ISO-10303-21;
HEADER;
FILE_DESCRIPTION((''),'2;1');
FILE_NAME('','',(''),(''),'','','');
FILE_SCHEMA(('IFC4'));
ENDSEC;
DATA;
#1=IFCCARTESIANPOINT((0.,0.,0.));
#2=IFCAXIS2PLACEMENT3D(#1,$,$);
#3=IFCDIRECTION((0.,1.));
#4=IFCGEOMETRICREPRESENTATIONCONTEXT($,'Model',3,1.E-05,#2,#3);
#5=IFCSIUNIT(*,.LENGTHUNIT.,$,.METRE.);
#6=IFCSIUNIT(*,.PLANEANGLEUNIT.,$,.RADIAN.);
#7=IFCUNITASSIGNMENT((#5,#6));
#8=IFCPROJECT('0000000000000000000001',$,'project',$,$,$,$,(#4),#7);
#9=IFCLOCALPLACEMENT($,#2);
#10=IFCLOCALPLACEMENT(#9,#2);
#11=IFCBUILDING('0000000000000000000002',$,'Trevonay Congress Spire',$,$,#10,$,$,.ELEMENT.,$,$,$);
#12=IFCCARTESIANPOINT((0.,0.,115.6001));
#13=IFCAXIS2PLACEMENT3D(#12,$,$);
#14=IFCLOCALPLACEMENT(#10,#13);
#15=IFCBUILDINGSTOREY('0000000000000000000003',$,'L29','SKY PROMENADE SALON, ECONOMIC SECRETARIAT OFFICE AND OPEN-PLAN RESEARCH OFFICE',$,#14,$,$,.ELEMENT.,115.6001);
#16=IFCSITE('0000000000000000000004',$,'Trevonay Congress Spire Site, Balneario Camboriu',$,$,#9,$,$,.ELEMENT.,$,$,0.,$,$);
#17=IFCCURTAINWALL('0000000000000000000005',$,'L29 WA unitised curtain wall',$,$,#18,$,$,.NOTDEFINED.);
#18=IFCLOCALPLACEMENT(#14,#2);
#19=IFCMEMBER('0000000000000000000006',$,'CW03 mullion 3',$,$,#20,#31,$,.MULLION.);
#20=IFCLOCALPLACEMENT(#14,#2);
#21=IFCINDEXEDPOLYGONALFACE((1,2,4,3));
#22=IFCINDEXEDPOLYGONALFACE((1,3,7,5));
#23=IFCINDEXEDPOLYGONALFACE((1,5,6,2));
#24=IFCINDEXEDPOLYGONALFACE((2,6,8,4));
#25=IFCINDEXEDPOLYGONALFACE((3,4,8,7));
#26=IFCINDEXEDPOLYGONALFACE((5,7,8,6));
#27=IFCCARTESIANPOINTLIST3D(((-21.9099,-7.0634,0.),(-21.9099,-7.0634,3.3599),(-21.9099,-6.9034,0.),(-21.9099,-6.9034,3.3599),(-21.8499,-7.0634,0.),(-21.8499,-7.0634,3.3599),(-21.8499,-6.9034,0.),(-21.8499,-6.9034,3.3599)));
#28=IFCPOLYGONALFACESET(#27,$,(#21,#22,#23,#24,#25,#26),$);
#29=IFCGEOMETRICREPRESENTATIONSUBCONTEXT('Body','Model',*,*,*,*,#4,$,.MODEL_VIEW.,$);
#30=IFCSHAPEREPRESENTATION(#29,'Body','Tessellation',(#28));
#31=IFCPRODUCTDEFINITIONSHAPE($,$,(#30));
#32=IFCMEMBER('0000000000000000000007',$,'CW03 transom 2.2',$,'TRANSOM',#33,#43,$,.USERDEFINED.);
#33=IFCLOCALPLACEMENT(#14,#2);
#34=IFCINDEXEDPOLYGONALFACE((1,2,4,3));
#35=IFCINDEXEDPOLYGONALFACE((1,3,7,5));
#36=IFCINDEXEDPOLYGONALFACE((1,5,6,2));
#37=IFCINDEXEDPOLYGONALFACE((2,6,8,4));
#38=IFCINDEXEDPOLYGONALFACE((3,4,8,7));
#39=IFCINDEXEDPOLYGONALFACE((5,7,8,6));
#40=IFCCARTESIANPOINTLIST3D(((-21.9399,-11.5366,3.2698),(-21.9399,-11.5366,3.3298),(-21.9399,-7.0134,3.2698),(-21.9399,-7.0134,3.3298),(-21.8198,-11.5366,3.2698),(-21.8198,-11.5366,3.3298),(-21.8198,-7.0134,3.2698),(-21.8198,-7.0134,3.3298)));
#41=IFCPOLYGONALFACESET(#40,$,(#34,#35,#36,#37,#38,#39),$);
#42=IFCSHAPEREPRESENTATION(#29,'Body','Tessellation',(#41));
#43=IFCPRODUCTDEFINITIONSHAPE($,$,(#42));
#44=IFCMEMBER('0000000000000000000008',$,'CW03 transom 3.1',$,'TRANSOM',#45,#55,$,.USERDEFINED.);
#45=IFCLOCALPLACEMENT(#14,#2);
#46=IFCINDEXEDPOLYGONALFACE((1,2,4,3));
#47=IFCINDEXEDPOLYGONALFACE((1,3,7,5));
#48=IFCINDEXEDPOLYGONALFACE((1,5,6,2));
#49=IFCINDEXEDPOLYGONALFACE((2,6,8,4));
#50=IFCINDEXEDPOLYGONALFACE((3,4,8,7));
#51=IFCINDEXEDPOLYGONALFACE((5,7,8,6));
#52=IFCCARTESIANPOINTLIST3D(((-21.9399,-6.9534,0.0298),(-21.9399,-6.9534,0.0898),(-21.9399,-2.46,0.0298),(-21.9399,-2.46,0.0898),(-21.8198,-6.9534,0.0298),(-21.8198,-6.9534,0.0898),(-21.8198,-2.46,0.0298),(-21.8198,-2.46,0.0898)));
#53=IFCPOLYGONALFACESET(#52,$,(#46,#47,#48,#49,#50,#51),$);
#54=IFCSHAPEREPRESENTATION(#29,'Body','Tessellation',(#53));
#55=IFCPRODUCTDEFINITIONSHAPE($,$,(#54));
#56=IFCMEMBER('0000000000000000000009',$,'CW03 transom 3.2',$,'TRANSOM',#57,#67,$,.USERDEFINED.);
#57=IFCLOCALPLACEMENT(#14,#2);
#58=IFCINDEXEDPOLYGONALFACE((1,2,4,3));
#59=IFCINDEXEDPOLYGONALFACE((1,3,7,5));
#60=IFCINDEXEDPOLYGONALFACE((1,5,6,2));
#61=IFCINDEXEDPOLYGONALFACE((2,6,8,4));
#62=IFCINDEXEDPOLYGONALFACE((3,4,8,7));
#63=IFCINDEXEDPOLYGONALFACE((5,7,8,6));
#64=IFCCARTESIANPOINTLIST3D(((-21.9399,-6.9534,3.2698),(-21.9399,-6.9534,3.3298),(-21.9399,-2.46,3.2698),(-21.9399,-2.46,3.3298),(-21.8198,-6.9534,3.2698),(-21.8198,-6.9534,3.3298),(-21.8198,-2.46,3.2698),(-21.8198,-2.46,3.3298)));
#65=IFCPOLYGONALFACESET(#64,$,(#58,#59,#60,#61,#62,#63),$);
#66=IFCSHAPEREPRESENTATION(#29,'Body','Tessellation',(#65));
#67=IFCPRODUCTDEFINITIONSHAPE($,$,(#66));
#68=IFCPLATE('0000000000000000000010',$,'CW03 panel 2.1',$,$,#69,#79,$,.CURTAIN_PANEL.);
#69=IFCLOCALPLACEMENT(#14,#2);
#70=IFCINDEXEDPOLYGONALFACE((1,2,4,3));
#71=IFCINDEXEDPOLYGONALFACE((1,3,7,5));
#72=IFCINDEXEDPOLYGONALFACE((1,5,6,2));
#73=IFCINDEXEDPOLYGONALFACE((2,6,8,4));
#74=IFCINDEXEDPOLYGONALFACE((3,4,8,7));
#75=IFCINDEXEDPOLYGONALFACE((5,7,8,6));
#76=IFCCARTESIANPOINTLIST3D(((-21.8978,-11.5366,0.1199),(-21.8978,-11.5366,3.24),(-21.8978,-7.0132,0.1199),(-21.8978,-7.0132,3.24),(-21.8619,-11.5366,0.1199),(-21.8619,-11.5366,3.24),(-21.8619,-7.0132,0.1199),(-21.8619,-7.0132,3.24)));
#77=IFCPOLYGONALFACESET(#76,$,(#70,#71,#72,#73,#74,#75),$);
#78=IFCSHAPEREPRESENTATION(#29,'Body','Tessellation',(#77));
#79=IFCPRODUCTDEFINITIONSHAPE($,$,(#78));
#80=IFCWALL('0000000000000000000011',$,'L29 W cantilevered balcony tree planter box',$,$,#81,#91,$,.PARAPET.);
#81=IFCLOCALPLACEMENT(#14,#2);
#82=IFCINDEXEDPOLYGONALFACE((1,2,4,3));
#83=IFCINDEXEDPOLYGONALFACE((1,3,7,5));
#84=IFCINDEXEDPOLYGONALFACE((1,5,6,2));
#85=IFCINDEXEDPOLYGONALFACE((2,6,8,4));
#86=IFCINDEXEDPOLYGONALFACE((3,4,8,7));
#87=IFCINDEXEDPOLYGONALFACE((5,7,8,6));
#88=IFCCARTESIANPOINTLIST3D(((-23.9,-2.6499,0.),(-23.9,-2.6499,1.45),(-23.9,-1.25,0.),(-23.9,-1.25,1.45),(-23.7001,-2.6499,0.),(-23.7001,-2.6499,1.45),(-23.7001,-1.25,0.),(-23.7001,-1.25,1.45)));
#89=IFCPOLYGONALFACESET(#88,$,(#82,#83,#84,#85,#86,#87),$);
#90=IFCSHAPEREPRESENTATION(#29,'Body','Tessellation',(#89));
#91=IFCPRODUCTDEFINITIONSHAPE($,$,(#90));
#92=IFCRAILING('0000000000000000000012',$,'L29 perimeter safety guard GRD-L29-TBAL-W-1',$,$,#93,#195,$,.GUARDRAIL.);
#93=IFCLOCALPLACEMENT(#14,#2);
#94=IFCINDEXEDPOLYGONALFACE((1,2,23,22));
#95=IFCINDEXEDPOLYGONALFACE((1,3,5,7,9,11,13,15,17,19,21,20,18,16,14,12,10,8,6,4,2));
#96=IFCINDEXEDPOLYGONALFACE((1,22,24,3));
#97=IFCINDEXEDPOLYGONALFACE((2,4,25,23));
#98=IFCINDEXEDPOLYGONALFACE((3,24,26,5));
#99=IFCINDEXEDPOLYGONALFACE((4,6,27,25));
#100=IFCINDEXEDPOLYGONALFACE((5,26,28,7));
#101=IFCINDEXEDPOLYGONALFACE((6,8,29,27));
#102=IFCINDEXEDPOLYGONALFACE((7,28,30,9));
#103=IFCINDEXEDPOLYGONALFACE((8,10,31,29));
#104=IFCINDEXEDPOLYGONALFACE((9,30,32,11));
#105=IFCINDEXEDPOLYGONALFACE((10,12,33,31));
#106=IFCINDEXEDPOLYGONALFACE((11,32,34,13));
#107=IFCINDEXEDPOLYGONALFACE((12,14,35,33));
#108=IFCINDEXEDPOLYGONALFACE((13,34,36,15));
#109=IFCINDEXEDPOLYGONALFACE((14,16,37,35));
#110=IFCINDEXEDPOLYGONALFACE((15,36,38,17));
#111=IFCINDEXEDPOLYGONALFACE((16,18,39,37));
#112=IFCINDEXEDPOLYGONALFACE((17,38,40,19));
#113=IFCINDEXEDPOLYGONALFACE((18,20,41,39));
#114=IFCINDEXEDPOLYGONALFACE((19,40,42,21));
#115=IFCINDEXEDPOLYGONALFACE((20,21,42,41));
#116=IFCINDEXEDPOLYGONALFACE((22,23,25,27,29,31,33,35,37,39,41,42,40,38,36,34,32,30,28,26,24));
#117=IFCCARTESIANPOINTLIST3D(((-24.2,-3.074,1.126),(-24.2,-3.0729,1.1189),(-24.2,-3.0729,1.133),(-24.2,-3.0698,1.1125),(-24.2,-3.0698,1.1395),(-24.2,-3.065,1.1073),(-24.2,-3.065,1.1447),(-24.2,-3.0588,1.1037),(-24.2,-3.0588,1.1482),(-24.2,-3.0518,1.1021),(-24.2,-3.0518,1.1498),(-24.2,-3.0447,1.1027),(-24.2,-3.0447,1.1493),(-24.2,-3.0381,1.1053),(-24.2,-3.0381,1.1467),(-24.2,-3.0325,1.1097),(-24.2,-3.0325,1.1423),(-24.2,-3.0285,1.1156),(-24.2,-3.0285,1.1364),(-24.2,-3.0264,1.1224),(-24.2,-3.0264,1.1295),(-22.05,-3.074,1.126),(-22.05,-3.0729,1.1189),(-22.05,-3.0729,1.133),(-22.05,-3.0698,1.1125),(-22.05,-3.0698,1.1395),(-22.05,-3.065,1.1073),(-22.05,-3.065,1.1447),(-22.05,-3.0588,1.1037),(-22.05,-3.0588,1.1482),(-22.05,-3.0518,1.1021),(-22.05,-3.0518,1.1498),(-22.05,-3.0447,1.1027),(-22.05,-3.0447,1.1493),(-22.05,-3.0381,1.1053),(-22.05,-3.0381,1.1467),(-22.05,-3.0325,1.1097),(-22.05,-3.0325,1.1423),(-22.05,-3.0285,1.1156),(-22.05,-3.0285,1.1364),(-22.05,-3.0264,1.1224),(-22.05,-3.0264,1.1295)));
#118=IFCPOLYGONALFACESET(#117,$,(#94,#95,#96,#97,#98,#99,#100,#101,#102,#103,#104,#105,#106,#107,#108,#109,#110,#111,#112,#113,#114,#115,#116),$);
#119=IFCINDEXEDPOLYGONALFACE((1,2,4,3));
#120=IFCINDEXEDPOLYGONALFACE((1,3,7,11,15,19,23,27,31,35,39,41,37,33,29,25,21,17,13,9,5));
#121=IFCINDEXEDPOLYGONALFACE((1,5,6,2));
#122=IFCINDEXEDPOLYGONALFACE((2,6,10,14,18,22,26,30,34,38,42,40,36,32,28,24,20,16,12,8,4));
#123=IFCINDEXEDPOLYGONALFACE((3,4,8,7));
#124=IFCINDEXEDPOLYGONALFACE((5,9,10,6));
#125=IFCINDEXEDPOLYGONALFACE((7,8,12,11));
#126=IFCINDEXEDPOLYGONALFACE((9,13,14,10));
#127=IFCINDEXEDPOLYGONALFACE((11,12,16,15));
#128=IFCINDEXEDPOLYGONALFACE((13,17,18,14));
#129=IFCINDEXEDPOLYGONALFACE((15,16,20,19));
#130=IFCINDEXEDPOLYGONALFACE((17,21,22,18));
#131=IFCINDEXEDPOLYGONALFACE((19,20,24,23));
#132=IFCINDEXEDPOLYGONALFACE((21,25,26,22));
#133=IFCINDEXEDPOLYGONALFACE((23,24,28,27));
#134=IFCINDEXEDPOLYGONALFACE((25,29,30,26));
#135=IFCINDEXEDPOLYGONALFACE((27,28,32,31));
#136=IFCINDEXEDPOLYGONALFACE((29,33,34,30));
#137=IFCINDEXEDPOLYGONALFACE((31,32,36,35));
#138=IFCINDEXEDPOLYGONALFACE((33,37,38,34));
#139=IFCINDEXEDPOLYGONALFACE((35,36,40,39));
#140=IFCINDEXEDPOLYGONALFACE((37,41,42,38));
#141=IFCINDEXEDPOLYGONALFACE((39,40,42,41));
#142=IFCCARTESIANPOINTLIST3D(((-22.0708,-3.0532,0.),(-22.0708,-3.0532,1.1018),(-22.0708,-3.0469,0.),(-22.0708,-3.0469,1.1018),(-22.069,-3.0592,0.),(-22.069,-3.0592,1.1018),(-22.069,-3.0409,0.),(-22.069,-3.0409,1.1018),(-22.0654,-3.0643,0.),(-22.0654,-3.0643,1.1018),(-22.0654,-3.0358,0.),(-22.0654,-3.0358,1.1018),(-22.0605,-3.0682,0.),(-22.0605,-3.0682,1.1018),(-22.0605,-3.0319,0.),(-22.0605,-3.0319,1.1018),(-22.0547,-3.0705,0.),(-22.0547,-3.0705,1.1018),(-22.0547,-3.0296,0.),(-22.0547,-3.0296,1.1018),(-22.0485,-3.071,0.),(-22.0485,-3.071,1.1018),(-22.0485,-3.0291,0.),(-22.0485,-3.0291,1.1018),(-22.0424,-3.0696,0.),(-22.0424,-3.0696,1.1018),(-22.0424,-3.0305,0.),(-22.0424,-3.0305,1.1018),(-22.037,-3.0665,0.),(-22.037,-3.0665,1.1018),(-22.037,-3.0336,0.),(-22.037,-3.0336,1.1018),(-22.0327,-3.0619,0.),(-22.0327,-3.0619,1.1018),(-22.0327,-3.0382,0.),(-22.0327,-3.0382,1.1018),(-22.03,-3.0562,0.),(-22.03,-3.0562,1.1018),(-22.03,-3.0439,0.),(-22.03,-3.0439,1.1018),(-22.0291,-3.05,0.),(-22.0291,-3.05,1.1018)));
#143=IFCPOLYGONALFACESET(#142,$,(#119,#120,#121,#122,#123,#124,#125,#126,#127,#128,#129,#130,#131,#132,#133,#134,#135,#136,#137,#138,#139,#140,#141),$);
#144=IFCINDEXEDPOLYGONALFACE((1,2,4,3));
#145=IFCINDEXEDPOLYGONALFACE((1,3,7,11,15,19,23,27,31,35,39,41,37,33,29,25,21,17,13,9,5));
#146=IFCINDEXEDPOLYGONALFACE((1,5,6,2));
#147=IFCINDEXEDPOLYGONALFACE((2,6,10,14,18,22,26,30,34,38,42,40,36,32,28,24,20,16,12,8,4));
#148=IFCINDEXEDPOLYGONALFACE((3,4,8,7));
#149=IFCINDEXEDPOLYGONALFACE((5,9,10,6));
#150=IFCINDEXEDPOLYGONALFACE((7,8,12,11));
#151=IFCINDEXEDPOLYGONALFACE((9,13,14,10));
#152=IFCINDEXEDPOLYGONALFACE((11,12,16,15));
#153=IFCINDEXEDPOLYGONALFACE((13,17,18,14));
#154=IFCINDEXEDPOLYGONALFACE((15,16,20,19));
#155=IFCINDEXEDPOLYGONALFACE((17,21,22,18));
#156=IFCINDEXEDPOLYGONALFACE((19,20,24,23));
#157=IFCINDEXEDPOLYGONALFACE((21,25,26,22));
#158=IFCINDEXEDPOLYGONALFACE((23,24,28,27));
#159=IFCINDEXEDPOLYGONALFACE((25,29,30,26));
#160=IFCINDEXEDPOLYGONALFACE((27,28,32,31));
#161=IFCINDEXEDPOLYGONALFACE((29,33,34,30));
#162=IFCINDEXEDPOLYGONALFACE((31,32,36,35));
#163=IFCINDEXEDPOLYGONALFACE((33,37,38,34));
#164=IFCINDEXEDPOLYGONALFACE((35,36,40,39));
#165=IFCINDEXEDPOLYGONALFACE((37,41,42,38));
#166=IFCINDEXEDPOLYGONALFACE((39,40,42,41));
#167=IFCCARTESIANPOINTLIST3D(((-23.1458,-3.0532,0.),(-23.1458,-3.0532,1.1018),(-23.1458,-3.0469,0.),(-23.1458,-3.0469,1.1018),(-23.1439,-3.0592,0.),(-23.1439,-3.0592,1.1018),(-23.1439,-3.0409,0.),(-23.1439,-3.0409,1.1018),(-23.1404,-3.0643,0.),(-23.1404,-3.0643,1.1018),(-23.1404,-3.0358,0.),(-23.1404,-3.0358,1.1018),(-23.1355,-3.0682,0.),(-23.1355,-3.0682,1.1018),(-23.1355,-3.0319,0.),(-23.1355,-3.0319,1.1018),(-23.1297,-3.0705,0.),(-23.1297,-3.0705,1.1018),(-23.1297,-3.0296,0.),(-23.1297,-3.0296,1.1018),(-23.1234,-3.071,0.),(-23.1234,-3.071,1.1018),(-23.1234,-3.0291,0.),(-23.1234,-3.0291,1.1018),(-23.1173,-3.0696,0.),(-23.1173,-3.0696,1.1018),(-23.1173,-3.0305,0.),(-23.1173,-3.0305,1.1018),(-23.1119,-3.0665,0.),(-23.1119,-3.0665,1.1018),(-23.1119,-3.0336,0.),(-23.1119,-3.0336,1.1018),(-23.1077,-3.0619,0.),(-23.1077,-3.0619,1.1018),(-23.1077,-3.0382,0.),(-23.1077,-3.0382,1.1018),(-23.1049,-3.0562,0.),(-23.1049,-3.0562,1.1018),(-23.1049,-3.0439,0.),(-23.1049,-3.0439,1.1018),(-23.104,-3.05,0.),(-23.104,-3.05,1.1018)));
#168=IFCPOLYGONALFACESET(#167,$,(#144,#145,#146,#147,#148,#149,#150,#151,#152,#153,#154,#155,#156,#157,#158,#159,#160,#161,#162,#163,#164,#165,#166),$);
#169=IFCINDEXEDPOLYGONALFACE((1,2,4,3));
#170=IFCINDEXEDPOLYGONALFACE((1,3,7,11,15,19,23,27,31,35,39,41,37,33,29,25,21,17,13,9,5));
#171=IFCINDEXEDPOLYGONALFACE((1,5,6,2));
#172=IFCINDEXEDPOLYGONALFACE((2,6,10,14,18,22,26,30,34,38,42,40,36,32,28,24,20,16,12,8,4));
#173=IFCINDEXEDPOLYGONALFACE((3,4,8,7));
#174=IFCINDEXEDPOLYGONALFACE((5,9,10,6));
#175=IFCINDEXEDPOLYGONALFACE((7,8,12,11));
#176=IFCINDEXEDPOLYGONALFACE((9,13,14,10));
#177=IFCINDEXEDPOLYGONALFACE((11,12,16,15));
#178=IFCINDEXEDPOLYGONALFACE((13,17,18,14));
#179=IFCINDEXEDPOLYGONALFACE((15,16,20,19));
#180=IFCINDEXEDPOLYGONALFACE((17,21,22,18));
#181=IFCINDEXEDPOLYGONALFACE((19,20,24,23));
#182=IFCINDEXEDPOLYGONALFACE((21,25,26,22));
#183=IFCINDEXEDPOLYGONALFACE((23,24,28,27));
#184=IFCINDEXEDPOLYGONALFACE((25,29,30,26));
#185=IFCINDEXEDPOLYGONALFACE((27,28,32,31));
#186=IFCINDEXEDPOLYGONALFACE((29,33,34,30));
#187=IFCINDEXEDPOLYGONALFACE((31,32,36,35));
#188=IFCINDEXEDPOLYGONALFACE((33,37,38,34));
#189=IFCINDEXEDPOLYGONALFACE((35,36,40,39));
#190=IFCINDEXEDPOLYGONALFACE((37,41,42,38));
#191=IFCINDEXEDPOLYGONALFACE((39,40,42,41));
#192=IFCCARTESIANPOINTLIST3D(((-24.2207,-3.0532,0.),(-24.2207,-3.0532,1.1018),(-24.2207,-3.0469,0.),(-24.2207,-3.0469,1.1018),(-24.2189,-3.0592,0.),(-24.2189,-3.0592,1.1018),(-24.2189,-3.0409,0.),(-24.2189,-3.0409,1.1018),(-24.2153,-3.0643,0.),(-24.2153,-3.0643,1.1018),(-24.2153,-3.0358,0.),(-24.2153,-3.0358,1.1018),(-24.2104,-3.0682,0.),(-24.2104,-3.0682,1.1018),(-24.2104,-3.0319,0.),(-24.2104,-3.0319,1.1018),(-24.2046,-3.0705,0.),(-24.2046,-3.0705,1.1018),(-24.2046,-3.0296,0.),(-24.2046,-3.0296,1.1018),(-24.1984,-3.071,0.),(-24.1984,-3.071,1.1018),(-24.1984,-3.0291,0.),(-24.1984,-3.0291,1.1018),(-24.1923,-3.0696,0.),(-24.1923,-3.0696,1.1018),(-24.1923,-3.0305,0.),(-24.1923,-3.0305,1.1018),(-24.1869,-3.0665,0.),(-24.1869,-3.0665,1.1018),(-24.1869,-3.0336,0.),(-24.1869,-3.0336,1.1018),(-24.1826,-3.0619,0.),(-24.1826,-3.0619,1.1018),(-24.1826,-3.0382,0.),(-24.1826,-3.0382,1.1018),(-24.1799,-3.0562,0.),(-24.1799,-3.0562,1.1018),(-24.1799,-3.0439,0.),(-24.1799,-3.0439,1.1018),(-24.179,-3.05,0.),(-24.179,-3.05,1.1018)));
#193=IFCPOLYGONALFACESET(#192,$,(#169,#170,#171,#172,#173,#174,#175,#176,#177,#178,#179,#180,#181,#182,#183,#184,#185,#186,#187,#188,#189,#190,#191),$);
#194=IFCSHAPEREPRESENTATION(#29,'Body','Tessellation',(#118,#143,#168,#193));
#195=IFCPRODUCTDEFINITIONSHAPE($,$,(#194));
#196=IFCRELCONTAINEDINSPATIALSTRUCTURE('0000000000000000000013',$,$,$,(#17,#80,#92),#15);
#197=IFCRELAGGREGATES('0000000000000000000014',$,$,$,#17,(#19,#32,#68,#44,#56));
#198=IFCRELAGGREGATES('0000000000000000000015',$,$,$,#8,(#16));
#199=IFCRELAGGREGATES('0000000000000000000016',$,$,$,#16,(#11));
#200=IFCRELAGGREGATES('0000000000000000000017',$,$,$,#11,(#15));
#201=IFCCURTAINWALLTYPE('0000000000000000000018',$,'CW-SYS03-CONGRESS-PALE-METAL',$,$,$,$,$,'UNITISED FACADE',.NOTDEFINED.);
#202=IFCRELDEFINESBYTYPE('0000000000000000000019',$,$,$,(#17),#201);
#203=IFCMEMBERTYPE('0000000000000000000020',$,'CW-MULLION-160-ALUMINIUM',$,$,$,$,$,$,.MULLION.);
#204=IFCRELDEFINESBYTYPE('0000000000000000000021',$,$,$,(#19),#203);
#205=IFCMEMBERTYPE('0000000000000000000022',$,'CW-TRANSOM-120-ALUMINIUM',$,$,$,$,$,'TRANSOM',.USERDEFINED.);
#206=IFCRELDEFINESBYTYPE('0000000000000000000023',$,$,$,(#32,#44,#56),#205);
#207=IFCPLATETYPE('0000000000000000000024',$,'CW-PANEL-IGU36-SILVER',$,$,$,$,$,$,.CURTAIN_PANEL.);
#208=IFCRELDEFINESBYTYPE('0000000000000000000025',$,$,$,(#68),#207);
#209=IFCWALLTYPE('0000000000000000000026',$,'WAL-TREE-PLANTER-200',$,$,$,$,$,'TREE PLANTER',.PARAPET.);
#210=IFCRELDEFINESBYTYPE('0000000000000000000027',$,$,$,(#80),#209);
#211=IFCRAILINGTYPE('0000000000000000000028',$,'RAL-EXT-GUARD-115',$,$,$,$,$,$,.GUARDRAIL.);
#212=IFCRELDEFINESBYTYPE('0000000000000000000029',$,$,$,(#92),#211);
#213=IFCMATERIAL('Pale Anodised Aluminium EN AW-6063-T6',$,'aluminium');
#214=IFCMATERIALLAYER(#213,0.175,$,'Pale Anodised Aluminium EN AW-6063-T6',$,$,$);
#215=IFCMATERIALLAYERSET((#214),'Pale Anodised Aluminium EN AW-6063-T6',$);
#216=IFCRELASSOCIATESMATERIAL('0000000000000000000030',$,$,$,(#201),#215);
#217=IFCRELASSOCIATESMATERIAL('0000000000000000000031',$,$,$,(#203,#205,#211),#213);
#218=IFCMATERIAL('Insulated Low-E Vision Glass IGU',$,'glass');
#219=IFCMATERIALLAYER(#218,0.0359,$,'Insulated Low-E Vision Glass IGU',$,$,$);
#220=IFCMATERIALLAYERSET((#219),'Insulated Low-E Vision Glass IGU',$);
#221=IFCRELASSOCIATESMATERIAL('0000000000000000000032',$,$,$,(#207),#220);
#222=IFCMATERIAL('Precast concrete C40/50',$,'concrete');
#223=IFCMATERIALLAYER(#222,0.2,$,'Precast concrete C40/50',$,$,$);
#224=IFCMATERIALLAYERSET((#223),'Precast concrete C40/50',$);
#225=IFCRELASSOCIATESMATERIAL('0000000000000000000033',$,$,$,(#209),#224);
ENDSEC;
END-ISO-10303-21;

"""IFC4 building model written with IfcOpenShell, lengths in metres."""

from ifc_helpers import new_model, si_unit, direction, frame, frame_2d, origin, origin_2d, place, context, subcontext, project, spatial, rectangle, circle, extrude, material, layer, layer_set, material_profile, profile_set, type_object, element, aggregate, save


model = new_model("IFC4")

# Units and contexts
model_context = context("Model", 3, precision=1e-05, world=origin(), true_north=direction((0.0, 1.0)))
body_context = subcontext(model_context, "Body", "Model", "MODEL_VIEW")
ifc_project = project(units=[si_unit("LENGTHUNIT", "METRE"), si_unit("PLANEANGLEUNIT", "RADIAN")], contexts=[model_context])

# Site, building, storey
site_placement = place(None, origin())
site = spatial("IfcSite", under=ifc_project, at=site_placement, Name="Trevonay Congress Spire Site, Balneario Camboriu", CompositionType="ELEMENT", RefElevation=0.0)
building_placement = place(site_placement, origin())
building = spatial("IfcBuilding", under=site, at=building_placement, Name="Trevonay Congress Spire", CompositionType="ELEMENT")
storey_placement = place(building_placement, frame((0.0, 0.0, 115.6001)))
storey = spatial("IfcBuildingStorey", under=building, at=storey_placement, Name="L29", Description="SKY PROMENADE SALON, ECONOMIC SECRETARIAT OFFICE AND OPEN-PLAN RESEARCH OFFICE", CompositionType="ELEMENT", Elevation=115.6001)

# Curtain wall, members, plate
ifc_material_1 = material(Name="Pale Anodised Aluminium EN AW-6063-T6", Category="aluminium")
ifc_layer_1 = layer(ifc_material_1, 0.175, Name="Pale Anodised Aluminium EN AW-6063-T6")
ifc_layer_set_1 = layer_set([ifc_layer_1], Name="Pale Anodised Aluminium EN AW-6063-T6")
curtain_wall_type = type_object("IfcCurtainWallType", Name="CW-SYS03-CONGRESS-PALE-METAL", ElementType="UNITISED FACADE", PredefinedType="NOTDEFINED", material=ifc_layer_set_1)
curtain_wall_placement = place(storey_placement, origin())
curtain_wall = element("IfcCurtainWall", 1, at=curtain_wall_placement, inside=storey, type_object=curtain_wall_type, Name="L29 WA unitised curtain wall", PredefinedType="NOTDEFINED")
ifc_material_profile_1 = material_profile(ifc_material_1, rectangle(XDim=0.0601, YDim=0.1599, at=origin_2d()), Name="CW-MULLION-160-ALUMINIUM")
ifc_profile_set_1 = profile_set([ifc_material_profile_1], Name="Pale Anodised Aluminium EN AW-6063-T6")
member_type_1 = type_object("IfcMemberType", Name="CW-MULLION-160-ALUMINIUM", PredefinedType="MULLION", material=ifc_profile_set_1)
member_1_placement = place(storey_placement, frame((-21.8799, -6.9834, 0.0), z_axis=(0.0, 0.0, 1.0), x_axis=(-1.0, 0.0, 0.0)))
member_1 = element("IfcMember", 2, at=member_1_placement, type_object=member_type_1, Name="CW03 mullion 3", PredefinedType="MULLION", context=body_context, shape_type="SweptSolid", body=[
    extrude(rectangle(XDim=0.0601, YDim=0.1599, at=origin_2d()), origin(), (0.0, 0.0, 1.0), 3.3599),
])
ifc_material_profile_2 = material_profile(ifc_material_1, rectangle(XDim=0.1201, YDim=0.0601, at=origin_2d()), Name="CW-TRANSOM-120-ALUMINIUM")
ifc_profile_set_2 = profile_set([ifc_material_profile_2], Name="Pale Anodised Aluminium EN AW-6063-T6")
member_type_2 = type_object("IfcMemberType", Name="CW-TRANSOM-120-ALUMINIUM", ElementType="TRANSOM", PredefinedType="USERDEFINED", material=ifc_profile_set_2)
member_2_placement = place(storey_placement, frame((-21.8799, -11.5366, 3.2998), z_axis=(0.0, 1.0, 0.0), x_axis=(-1.0, 0.0, 0.0)))
member_2 = element("IfcMember", 3, at=member_2_placement, type_object=member_type_2, Name="CW03 transom 2.2", ObjectType="TRANSOM", PredefinedType="USERDEFINED", context=body_context, shape_type="SweptSolid", body=[
    extrude(rectangle(XDim=0.1201, YDim=0.0601, at=origin_2d()), origin(), (0.0, 0.0, 1.0), 4.5232),
])
member_3_placement = place(storey_placement, frame((-21.8799, -6.9534, 0.0598), z_axis=(0.0, 1.0, 0.0), x_axis=(-1.0, 0.0, 0.0)))
member_3 = element("IfcMember", 4, at=member_3_placement, type_object=member_type_2, Name="CW03 transom 3.1", ObjectType="TRANSOM", PredefinedType="USERDEFINED", context=body_context, shape_type="SweptSolid", body=[
    extrude(rectangle(XDim=0.1201, YDim=0.0601, at=origin_2d()), origin(), (0.0, 0.0, 1.0), 4.4934),
])
member_4_placement = place(storey_placement, frame((-21.8799, -6.9534, 3.2998), z_axis=(0.0, 1.0, 0.0), x_axis=(-1.0, 0.0, 0.0)))
member_4 = element("IfcMember", 5, at=member_4_placement, type_object=member_type_2, Name="CW03 transom 3.2", ObjectType="TRANSOM", PredefinedType="USERDEFINED", context=body_context, shape_type="SweptSolid", body=[
    extrude(rectangle(XDim=0.1201, YDim=0.0601, at=origin_2d()), origin(), (0.0, 0.0, 1.0), 4.4934),
])
ifc_material_2 = material(Name="Insulated Low-E Vision Glass IGU", Category="glass")
ifc_layer_2 = layer(ifc_material_2, 0.0359, Name="Insulated Low-E Vision Glass IGU")
ifc_layer_set_2 = layer_set([ifc_layer_2], Name="Insulated Low-E Vision Glass IGU")
plate_type = type_object("IfcPlateType", Name="CW-PANEL-IGU36-SILVER", PredefinedType="CURTAIN_PANEL", material=ifc_layer_set_2)
plate_placement = place(storey_placement, frame((-21.8799, -9.2749, 0.1199), z_axis=(0.0, 0.0, 1.0), x_axis=(0.0, 1.0, 0.0)))
plate = element("IfcPlate", 6, at=plate_placement, type_object=plate_type, Name="CW03 panel 2.1", PredefinedType="CURTAIN_PANEL", context=body_context, shape_type="SweptSolid", body=[
    extrude(rectangle(XDim=4.5234, YDim=0.0359, at=origin_2d()), origin(), (0.0, 0.0, 1.0), 3.1201),
])
aggregate(curtain_wall, [member_1, member_2, plate, member_3, member_4])

# Wall
ifc_material_3 = material(Name="Precast concrete C40/50", Category="concrete")
ifc_layer_3 = layer(ifc_material_3, 0.2, Name="Precast concrete C40/50")
ifc_layer_set_3 = layer_set([ifc_layer_3], Name="Precast concrete C40/50")
wall_type = type_object("IfcWallType", Name="WAL-TREE-PLANTER-200", ElementType="TREE PLANTER", PredefinedType="PARAPET", material=ifc_layer_set_3)
wall_placement = place(storey_placement, frame((-23.8, -2.6499, 0.0), z_axis=(0.0, 0.0, 1.0), x_axis=(0.0, 1.0, 0.0)))
element("IfcWall", 7, at=wall_placement, inside=storey, type_object=wall_type, Name="L29 W cantilevered balcony tree planter box", PredefinedType="PARAPET", context=body_context, shape_type="SweptSolid", body=[
    extrude(rectangle(XDim=1.3999, YDim=0.2, at=frame_2d((0.7, 0.0))), origin(), (0.0, 0.0, 1.0), 1.45),
])

# Railing
railing_type = type_object("IfcRailingType", Name="RAL-EXT-GUARD-115", PredefinedType="GUARDRAIL", material=ifc_material_1)
railing_1_placement = place(storey_placement, frame((-22.05, -3.05, 0.0)))
element("IfcRailing", 8, at=railing_1_placement, inside=storey, type_object=railing_type, Name="L29 perimeter safety guard GRD-L29-TBAL-W-1", PredefinedType="GUARDRAIL", context=body_context, shape_type="SweptSolid", body=[
    extrude(circle(Radius=0.0239, at=origin_2d()), frame((0.0, 0.0, 1.126), z_axis=(-1.0, 0.0, 0.0), x_axis=(0.0, -1.0, 0.0)), (0.0, 0.0, 1.0), 2.1499),
    extrude(circle(Radius=0.021, at=origin_2d()), origin(), (0.0, 0.0, 1.0), 1.1018),
    extrude(circle(Radius=0.021, at=origin_2d()), frame((-1.075, 0.0, 0.0)), (0.0, 0.0, 1.0), 1.1018),
    extrude(circle(Radius=0.021, at=origin_2d()), frame((-2.1499, 0.0, 0.0)), (0.0, 0.0, 1.0), 1.1018),
])

save(model, "model.ifc")
